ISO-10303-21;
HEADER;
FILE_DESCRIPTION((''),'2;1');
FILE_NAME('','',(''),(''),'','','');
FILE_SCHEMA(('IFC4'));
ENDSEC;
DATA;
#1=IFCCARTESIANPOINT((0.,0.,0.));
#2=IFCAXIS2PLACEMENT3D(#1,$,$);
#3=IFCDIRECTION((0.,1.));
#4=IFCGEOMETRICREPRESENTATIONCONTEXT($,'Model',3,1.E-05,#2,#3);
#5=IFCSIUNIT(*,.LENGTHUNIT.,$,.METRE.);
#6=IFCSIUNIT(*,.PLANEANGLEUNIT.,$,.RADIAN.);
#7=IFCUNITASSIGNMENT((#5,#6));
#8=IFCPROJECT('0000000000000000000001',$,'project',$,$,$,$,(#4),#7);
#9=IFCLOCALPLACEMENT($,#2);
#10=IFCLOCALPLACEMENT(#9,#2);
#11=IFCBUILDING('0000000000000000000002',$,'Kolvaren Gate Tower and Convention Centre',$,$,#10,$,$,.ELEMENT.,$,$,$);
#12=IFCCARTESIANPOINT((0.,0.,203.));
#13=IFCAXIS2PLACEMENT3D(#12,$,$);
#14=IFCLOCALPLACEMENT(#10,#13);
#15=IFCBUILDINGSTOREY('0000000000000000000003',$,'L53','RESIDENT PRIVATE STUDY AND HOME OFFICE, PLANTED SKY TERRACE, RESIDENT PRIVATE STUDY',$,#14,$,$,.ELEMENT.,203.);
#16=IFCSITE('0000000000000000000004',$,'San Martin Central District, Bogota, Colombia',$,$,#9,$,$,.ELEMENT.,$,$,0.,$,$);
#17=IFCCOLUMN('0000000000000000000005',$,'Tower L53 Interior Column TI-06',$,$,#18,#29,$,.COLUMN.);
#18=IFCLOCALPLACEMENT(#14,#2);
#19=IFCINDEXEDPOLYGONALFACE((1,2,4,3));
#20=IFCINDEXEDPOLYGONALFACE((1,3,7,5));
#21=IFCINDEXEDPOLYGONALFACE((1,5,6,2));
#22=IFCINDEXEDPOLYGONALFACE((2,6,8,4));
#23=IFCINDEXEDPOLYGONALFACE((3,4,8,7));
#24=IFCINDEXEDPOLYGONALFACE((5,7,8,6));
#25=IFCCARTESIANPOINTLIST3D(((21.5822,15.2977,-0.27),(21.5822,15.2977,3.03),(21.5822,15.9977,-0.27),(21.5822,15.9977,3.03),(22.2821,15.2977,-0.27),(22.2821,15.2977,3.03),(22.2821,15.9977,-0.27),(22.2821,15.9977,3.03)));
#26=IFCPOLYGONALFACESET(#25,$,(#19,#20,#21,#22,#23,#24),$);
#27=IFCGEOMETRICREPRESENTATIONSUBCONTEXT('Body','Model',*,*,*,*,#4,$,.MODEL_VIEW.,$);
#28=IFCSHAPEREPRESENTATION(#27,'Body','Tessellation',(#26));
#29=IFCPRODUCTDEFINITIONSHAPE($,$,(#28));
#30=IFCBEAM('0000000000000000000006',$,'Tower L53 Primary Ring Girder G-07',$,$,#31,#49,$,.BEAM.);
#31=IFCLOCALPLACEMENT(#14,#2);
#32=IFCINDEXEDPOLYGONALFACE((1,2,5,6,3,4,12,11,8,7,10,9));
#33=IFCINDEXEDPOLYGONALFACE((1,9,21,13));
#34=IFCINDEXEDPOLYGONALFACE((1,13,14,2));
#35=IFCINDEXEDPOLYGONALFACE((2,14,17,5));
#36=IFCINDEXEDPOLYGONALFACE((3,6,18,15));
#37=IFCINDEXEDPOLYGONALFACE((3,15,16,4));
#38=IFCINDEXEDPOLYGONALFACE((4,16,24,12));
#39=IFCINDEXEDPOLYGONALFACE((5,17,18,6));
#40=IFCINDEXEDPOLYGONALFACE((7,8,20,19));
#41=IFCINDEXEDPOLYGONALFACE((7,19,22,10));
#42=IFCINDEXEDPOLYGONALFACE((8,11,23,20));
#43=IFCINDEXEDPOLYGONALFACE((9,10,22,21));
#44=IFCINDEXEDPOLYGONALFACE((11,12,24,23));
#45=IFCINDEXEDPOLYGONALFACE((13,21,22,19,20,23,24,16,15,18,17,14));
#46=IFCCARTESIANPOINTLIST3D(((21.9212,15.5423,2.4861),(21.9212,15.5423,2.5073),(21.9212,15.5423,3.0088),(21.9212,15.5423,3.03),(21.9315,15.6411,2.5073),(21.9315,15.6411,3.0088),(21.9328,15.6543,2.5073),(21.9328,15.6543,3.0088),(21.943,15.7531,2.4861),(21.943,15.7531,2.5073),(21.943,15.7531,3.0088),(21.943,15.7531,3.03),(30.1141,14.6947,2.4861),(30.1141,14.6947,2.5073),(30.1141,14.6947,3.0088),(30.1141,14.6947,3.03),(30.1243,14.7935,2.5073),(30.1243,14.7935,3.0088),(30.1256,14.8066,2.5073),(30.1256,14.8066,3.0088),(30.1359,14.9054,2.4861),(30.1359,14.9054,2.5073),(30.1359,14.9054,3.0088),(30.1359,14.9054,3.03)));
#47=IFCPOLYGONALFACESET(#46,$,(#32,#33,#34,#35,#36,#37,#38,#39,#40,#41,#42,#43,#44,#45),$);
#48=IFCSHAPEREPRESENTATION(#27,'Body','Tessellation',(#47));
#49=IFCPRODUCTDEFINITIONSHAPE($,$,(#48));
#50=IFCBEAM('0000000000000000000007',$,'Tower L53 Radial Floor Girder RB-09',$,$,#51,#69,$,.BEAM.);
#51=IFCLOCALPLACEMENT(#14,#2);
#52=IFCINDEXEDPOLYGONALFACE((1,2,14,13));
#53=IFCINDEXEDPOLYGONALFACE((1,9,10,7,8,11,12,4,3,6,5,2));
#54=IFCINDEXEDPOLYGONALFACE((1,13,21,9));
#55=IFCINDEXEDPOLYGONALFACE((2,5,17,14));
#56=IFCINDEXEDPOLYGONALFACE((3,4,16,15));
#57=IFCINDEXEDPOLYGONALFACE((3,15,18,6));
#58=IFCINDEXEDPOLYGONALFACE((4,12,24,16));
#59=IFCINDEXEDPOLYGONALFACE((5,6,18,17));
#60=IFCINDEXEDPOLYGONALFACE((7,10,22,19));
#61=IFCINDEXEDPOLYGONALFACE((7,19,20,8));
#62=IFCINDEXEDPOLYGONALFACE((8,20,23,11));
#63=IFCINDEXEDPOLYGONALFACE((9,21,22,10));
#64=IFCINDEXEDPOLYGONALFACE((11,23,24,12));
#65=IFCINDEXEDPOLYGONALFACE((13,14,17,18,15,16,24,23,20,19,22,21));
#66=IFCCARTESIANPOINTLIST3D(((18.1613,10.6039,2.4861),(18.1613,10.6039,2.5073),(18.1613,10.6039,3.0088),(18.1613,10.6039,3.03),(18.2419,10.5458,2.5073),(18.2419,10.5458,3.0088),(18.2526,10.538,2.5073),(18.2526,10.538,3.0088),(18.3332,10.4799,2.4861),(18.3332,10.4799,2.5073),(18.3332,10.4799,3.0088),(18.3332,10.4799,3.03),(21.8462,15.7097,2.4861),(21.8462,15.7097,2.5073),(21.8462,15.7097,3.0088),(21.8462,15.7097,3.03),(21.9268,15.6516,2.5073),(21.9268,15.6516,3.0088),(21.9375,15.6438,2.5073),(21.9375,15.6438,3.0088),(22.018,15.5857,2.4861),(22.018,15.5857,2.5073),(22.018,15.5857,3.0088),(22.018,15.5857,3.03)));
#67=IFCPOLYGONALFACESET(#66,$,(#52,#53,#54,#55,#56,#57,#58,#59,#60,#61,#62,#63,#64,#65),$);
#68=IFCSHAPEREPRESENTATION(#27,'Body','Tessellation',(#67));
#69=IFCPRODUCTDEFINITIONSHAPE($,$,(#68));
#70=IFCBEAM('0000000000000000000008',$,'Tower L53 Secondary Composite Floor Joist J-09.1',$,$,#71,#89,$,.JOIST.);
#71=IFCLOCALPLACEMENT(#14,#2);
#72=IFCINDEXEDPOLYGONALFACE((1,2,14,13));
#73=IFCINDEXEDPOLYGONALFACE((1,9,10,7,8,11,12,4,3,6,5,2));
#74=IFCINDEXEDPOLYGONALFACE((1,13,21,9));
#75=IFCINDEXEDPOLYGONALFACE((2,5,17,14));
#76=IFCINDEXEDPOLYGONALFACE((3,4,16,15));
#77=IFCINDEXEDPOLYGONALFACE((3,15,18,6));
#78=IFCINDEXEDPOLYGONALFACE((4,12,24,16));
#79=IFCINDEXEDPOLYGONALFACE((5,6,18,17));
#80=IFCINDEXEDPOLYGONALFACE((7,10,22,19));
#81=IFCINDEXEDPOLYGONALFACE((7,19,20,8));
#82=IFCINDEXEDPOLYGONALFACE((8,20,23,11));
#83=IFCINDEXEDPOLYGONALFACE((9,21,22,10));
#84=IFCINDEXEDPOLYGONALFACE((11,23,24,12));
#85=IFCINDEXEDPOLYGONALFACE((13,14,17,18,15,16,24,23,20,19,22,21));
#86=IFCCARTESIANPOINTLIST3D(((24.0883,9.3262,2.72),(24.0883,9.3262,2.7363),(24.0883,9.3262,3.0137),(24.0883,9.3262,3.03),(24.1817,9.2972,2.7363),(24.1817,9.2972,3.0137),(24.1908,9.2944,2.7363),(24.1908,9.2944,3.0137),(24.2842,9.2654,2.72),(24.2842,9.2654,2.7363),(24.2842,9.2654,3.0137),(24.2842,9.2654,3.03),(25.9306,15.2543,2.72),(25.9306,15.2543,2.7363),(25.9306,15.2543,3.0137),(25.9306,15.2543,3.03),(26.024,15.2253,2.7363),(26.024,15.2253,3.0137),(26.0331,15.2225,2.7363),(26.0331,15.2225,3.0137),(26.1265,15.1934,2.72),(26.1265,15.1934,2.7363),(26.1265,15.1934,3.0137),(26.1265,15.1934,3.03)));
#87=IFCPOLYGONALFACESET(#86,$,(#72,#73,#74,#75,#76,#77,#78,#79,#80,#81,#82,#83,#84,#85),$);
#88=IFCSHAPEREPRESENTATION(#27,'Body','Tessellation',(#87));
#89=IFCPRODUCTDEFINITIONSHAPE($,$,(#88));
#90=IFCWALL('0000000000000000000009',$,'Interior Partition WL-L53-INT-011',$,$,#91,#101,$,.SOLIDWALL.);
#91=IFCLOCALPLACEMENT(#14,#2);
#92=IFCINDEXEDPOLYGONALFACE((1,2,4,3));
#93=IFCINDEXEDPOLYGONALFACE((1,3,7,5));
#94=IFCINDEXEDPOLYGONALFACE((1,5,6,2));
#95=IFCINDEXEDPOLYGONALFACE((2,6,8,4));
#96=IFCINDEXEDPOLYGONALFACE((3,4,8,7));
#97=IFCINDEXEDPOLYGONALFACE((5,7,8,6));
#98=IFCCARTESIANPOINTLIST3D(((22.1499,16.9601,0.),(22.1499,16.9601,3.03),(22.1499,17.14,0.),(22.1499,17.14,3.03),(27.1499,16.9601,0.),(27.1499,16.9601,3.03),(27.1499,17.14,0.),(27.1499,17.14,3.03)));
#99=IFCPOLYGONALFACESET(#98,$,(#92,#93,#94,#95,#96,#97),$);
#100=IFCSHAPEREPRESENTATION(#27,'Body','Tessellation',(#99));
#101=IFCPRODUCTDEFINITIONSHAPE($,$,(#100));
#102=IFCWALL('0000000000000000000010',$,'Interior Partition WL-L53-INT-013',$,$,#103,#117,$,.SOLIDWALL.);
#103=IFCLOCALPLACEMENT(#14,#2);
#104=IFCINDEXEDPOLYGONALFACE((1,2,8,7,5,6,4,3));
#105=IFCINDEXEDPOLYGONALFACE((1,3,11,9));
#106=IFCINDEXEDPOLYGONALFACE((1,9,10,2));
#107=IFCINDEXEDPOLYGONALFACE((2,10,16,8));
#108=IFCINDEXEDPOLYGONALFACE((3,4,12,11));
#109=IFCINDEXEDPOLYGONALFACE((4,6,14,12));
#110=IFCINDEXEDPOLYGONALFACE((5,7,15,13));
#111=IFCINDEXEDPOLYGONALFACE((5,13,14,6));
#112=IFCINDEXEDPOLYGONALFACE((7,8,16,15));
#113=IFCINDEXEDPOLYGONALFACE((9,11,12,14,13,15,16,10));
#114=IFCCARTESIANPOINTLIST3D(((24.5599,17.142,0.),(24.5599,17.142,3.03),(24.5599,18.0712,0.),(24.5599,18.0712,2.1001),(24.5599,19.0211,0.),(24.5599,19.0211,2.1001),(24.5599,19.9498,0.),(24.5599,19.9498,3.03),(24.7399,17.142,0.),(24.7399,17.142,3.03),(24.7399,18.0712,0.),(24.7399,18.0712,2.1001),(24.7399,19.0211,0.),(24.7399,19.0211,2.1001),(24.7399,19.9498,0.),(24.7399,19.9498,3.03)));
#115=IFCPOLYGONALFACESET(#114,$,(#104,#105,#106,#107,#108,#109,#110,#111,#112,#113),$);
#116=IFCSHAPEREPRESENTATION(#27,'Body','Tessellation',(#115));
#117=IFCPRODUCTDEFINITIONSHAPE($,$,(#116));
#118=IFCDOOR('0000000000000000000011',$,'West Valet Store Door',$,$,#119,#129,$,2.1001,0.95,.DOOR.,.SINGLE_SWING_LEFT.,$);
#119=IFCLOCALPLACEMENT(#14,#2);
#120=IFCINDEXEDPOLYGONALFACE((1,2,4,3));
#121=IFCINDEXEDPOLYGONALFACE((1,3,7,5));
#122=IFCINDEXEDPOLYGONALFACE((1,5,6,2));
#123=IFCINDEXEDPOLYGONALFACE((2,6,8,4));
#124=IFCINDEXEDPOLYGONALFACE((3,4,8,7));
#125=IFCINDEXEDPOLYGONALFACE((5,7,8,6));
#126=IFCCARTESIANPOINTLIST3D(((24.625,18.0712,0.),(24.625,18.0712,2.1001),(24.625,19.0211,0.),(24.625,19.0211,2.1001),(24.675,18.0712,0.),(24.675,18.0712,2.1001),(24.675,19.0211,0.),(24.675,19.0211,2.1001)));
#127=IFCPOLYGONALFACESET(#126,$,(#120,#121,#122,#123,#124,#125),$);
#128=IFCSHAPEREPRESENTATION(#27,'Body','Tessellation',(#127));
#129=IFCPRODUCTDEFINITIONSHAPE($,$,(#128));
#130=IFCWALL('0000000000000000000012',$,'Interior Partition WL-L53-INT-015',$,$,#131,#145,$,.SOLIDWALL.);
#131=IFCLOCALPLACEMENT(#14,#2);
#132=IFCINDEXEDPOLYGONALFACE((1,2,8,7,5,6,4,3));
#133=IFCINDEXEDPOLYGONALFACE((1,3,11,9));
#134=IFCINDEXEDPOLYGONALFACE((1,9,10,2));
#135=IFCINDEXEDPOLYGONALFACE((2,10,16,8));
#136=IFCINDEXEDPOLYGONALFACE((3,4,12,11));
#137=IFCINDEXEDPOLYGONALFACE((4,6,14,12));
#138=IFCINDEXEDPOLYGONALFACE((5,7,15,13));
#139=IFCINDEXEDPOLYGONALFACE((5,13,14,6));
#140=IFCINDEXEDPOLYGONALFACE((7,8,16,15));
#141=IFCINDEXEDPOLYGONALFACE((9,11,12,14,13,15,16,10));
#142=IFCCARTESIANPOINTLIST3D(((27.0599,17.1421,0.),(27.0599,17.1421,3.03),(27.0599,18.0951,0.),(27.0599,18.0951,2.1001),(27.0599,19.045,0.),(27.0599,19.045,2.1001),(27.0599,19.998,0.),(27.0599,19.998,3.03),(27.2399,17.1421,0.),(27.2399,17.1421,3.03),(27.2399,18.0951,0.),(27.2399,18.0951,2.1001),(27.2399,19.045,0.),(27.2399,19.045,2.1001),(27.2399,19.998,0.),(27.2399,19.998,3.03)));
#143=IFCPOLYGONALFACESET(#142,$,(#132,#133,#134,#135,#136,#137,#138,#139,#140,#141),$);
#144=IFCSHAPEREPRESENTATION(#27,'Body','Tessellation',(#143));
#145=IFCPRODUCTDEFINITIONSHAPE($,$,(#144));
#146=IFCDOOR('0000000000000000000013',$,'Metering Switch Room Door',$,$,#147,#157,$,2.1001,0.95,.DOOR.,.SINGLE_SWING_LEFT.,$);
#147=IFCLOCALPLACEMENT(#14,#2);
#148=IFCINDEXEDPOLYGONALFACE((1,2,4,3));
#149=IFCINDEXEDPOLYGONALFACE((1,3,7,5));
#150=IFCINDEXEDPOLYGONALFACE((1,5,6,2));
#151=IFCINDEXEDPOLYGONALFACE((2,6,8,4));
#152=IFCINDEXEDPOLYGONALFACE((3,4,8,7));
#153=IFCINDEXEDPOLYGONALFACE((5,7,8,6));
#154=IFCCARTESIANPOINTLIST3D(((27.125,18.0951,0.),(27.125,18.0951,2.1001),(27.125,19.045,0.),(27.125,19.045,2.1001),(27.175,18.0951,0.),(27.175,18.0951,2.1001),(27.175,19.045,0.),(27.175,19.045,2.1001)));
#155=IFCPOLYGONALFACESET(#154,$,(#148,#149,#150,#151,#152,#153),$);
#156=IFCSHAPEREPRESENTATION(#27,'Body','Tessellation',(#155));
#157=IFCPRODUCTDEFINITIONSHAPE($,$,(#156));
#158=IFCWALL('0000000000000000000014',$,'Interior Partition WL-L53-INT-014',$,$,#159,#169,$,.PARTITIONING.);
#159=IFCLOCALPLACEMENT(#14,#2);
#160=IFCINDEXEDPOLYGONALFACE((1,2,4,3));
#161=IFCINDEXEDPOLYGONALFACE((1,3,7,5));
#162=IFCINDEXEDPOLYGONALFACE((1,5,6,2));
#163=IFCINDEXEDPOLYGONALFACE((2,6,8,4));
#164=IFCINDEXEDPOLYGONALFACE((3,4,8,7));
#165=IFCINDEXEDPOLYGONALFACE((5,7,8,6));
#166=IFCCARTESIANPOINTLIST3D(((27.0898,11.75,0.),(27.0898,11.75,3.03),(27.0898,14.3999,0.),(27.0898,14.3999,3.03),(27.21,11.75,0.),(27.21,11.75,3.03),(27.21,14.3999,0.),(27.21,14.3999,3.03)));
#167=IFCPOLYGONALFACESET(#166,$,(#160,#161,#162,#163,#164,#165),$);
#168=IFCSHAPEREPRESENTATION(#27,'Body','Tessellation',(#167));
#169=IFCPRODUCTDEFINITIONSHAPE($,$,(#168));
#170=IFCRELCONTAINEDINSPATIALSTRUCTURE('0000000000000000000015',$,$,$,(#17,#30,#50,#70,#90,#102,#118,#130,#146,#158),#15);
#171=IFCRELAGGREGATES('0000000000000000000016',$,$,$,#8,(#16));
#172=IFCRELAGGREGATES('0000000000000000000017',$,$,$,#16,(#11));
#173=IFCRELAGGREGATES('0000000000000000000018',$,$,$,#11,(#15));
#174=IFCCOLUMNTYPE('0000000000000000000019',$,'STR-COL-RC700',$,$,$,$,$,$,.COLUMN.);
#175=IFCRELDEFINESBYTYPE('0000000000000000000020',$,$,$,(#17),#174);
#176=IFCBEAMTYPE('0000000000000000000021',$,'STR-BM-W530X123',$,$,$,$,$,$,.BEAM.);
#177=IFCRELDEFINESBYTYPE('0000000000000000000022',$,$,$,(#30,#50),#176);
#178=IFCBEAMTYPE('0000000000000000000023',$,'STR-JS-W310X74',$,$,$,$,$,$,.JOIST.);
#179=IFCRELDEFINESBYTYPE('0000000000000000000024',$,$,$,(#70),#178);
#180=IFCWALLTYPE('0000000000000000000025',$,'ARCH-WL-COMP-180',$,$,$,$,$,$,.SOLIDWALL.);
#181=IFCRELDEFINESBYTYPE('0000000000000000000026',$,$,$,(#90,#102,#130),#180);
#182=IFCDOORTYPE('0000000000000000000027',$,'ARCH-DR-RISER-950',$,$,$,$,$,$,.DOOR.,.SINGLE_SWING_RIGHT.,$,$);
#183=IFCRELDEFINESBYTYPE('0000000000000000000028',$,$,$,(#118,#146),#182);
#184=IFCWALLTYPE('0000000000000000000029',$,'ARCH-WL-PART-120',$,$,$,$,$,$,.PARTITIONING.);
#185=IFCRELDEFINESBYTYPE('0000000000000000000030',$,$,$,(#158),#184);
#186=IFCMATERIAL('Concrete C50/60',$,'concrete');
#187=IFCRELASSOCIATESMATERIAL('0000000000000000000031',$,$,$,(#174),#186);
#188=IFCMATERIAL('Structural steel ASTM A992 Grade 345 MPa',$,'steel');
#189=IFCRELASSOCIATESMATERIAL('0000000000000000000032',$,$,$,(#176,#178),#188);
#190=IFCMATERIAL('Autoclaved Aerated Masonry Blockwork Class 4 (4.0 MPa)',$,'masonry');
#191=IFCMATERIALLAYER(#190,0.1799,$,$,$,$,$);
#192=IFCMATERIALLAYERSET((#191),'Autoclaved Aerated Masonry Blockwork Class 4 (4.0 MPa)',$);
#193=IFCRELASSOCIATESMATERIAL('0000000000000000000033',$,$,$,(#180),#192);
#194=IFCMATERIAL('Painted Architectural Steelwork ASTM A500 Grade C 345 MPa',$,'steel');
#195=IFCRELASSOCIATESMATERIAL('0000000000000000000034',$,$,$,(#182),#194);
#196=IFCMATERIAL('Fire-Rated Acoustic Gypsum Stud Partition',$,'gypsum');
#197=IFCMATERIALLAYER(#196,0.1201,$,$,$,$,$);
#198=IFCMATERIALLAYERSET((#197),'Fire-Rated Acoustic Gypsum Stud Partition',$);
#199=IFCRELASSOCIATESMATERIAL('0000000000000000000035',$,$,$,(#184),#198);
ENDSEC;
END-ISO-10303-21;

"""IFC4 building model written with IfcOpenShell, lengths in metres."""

from ifc_helpers import new_model, si_unit, direction, frame, frame_2d, origin, origin_2d, place, context, subcontext, project, spatial, rectangle, i_section, extrude, material, layer, layer_set, material_profile, profile_set, type_object, element, fill, save


model = new_model("IFC4")

# Units and contexts
model_context = context("Model", 3, precision=1e-05, world=origin(), true_north=direction((0.0, 1.0)))
body_context = subcontext(model_context, "Body", "Model", "MODEL_VIEW")
ifc_project = project(units=[si_unit("LENGTHUNIT", "METRE"), si_unit("PLANEANGLEUNIT", "RADIAN")], contexts=[model_context])

# Site, building, storey
site_placement = place(None, origin())
site = spatial("IfcSite", under=ifc_project, at=site_placement, Name="San Martin Central District, Bogota, Colombia", CompositionType="ELEMENT", RefElevation=0.0)
building_placement = place(site_placement, origin())
building = spatial("IfcBuilding", under=site, at=building_placement, Name="Kolvaren Gate Tower and Convention Centre", CompositionType="ELEMENT")
storey_placement = place(building_placement, frame((0.0, 0.0, 203.0)))
storey = spatial("IfcBuildingStorey", under=building, at=storey_placement, Name="L53", Description="RESIDENT PRIVATE STUDY AND HOME OFFICE, PLANTED SKY TERRACE, RESIDENT PRIVATE STUDY", CompositionType="ELEMENT", Elevation=203.0)

# Column
ifc_material_1 = material(Name="Concrete C50/60", Category="concrete")
ifc_material_profile_1 = material_profile(ifc_material_1, rectangle(XDim=0.7, YDim=0.7, at=origin_2d()), Name="RC-COL-700X700")
ifc_profile_set_1 = profile_set([ifc_material_profile_1], Name="Concrete C50/60")
column_type = type_object("IfcColumnType", Name="STR-COL-RC700", PredefinedType="COLUMN", material=ifc_profile_set_1)
column_placement = place(storey_placement, frame((21.9321, 15.6477, -0.27), z_axis=(0.0, 0.0, 1.0), x_axis=(1.0, 0.0, 0.0)))
element("IfcColumn", 1, at=column_placement, inside=storey, type_object=column_type, Name="Tower L53 Interior Column TI-06", PredefinedType="COLUMN", context=body_context, shape_type="SweptSolid", body=[
    extrude(rectangle(XDim=0.7, YDim=0.7, at=origin_2d()), origin(), (0.0, 0.0, 1.0), 3.3),
])

# Beams
ifc_material_2 = material(Name="Structural steel ASTM A992 Grade 345 MPa", Category="steel")
ifc_material_profile_2 = material_profile(ifc_material_2, i_section(OverallWidth=0.2119, OverallDepth=0.5439, WebThickness=0.0132, FlangeThickness=0.0212, at=origin_2d()), Name="W530X123")
ifc_profile_set_2 = profile_set([ifc_material_profile_2], Name="Structural steel ASTM A992 Grade 345 MPa")
beam_type_1 = type_object("IfcBeamType", Name="STR-BM-W530X123", PredefinedType="BEAM", material=ifc_profile_set_2)
beam_1_placement = place(storey_placement, frame((21.9321, 15.6477, 2.7581), z_axis=(0.99469, -0.102913, 0.0), x_axis=(0.102913, 0.99469, 0.0)))
element("IfcBeam", 2, at=beam_1_placement, inside=storey, type_object=beam_type_1, Name="Tower L53 Primary Ring Girder G-07", PredefinedType="BEAM", context=body_context, shape_type="SweptSolid", body=[
    extrude(i_section(OverallWidth=0.2119, OverallDepth=0.5439, WebThickness=0.0132, FlangeThickness=0.0212, at=origin_2d()), origin(), (0.0, 0.0, 1.0), 8.2366),
])
beam_2_placement = place(storey_placement, frame((21.9321, 15.6477, 2.7581), z_axis=(-0.585214, -0.810879, 0.0), x_axis=(0.810879, -0.585214, 0.0)))
element("IfcBeam", 3, at=beam_2_placement, inside=storey, type_object=beam_type_1, Name="Tower L53 Radial Floor Girder RB-09", PredefinedType="BEAM", context=body_context, shape_type="SweptSolid", body=[
    extrude(i_section(OverallWidth=0.2119, OverallDepth=0.5439, WebThickness=0.0132, FlangeThickness=0.0212, at=origin_2d()), origin(), (0.0, 0.0, 1.0), 6.2966),
])
ifc_material_profile_3 = material_profile(ifc_material_2, i_section(OverallWidth=0.2051, OverallDepth=0.3101, WebThickness=0.0095, FlangeThickness=0.0164, at=origin_2d()), Name="W310X74")
ifc_profile_set_3 = profile_set([ifc_material_profile_3], Name="Structural steel ASTM A992 Grade 345 MPa")
beam_type_2 = type_object("IfcBeamType", Name="STR-JS-W310X74", PredefinedType="JOIST", material=ifc_profile_set_3)
beam_3_placement = place(storey_placement, frame((26.0286, 15.2239, 2.875), z_axis=(-0.296776, -0.954947, 0.0), x_axis=(0.954947, -0.296776, 0.0)))
element("IfcBeam", 4, at=beam_3_placement, inside=storey, type_object=beam_type_2, Name="Tower L53 Secondary Composite Floor Joist J-09.1", PredefinedType="JOIST", context=body_context, shape_type="SweptSolid", body=[
    extrude(i_section(OverallWidth=0.2051, OverallDepth=0.3101, WebThickness=0.0095, FlangeThickness=0.0164, at=origin_2d()), origin(), (0.0, 0.0, 1.0), 6.2078),
])

# Wall
ifc_material_3 = material(Name="Autoclaved Aerated Masonry Blockwork Class 4 (4.0 MPa)", Category="masonry")
ifc_layer_1 = layer(ifc_material_3, 0.1799)
ifc_layer_set_1 = layer_set([ifc_layer_1], Name="Autoclaved Aerated Masonry Blockwork Class 4 (4.0 MPa)")
wall_type_1 = type_object("IfcWallType", Name="ARCH-WL-COMP-180", PredefinedType="SOLIDWALL", material=ifc_layer_set_1)
wall_1_placement = place(storey_placement, frame((22.1499, 17.05, 0.0), z_axis=(0.0, 0.0, 1.0), x_axis=(1.0, 0.0, 0.0)))
element("IfcWall", 5, at=wall_1_placement, inside=storey, type_object=wall_type_1, Name="Interior Partition WL-L53-INT-011", PredefinedType="SOLIDWALL", context=body_context, shape_type="SweptSolid", body=[
    extrude(rectangle(XDim=5.0, YDim=0.1799, at=frame_2d((2.5, 0.0))), origin(), (0.0, 0.0, 1.0), 3.03),
])

# Walls, openings, doors
wall_2_placement = place(storey_placement, frame((24.6499, 17.1421, 0.0), z_axis=(0.0, 0.0, 1.0), x_axis=(0.0, 1.0, 0.0)))
wall_2 = element("IfcWall", 6, at=wall_2_placement, inside=storey, type_object=wall_type_1, Name="Interior Partition WL-L53-INT-013", PredefinedType="SOLIDWALL", context=body_context, shape_type="SweptSolid", body=[
    extrude(rectangle(XDim=2.8079, YDim=0.1799, at=frame_2d((1.4038, 0.0))), origin(), (0.0, 0.0, 1.0), 3.03),
])
opening_1_placement = place(wall_2_placement, frame((0.929, 0.0, 0.0)))
opening_1 = element("IfcOpeningElement", 7, at=opening_1_placement, cuts=wall_2, PredefinedType="OPENING", context=body_context, shape_type="SweptSolid", body=[
    extrude(rectangle(XDim=0.95, YDim=2.1001, at=frame_2d((0.4751, 1.05))), frame((0.0, 0.0999, 0.0), z_axis=(0.0, -1.0, 0.0), x_axis=(1.0, 0.0, 0.0)), (0.0, 0.0, 1.0), 0.2),
])
ifc_material_4 = material(Name="Painted Architectural Steelwork ASTM A500 Grade C 345 MPa", Category="steel")
door_type = type_object("IfcDoorType", Name="ARCH-DR-RISER-950", OperationType="SINGLE_SWING_RIGHT", PredefinedType="DOOR", material=ifc_material_4)
door_1_placement = place(opening_1_placement, origin())
door_1 = element("IfcDoor", 8, at=door_1_placement, inside=storey, type_object=door_type, Name="West Valet Store Door", OperationType="SINGLE_SWING_LEFT", OverallHeight=2.1001, OverallWidth=0.95, PredefinedType="DOOR", context=body_context, shape_type="SweptSolid", body=[
    extrude(rectangle(XDim=0.95, YDim=2.1001, at=frame_2d((0.4751, 1.05))), frame((0.0, 0.0249, 0.0), z_axis=(0.0, -1.0, 0.0), x_axis=(1.0, 0.0, 0.0)), (0.0, 0.0, 1.0), 0.05),
])
fill(opening_1, door_1)
wall_3_placement = place(storey_placement, frame((27.1499, 17.1421, 0.0), z_axis=(0.0, 0.0, 1.0), x_axis=(0.0, 1.0, 0.0)))
wall_3 = element("IfcWall", 9, at=wall_3_placement, inside=storey, type_object=wall_type_1, Name="Interior Partition WL-L53-INT-015", PredefinedType="SOLIDWALL", context=body_context, shape_type="SweptSolid", body=[
    extrude(rectangle(XDim=2.856, YDim=0.1799, at=frame_2d((1.428, 0.0))), origin(), (0.0, 0.0, 1.0), 3.03),
])
opening_2_placement = place(wall_3_placement, frame((0.9529, 0.0, 0.0)))
opening_2 = element("IfcOpeningElement", 10, at=opening_2_placement, cuts=wall_3, PredefinedType="OPENING", context=body_context, shape_type="SweptSolid", body=[
    extrude(rectangle(XDim=0.95, YDim=2.1001, at=frame_2d((0.4751, 1.05))), frame((0.0, 0.0999, 0.0), z_axis=(0.0, -1.0, 0.0), x_axis=(1.0, 0.0, 0.0)), (0.0, 0.0, 1.0), 0.2),
])
door_2_placement = place(opening_2_placement, origin())
door_2 = element("IfcDoor", 11, at=door_2_placement, inside=storey, type_object=door_type, Name="Metering Switch Room Door", OperationType="SINGLE_SWING_LEFT", OverallHeight=2.1001, OverallWidth=0.95, PredefinedType="DOOR", context=body_context, shape_type="SweptSolid", body=[
    extrude(rectangle(XDim=0.95, YDim=2.1001, at=frame_2d((0.4751, 1.05))), frame((0.0, 0.0249, 0.0), z_axis=(0.0, -1.0, 0.0), x_axis=(1.0, 0.0, 0.0)), (0.0, 0.0, 1.0), 0.05),
])
fill(opening_2, door_2)

# Wall
ifc_material_5 = material(Name="Fire-Rated Acoustic Gypsum Stud Partition", Category="gypsum")
ifc_layer_2 = layer(ifc_material_5, 0.1201)
ifc_layer_set_2 = layer_set([ifc_layer_2], Name="Fire-Rated Acoustic Gypsum Stud Partition")
wall_type_2 = type_object("IfcWallType", Name="ARCH-WL-PART-120", PredefinedType="PARTITIONING", material=ifc_layer_set_2)
wall_4_placement = place(storey_placement, frame((27.1499, 11.75, 0.0), z_axis=(0.0, 0.0, 1.0), x_axis=(0.0, 1.0, 0.0)))
element("IfcWall", 12, at=wall_4_placement, inside=storey, type_object=wall_type_2, Name="Interior Partition WL-L53-INT-014", PredefinedType="PARTITIONING", context=body_context, shape_type="SweptSolid", body=[
    extrude(rectangle(XDim=2.6499, YDim=0.1201, at=frame_2d((1.325, 0.0))), origin(), (0.0, 0.0, 1.0), 3.03),
])

save(model, "model.ifc")
